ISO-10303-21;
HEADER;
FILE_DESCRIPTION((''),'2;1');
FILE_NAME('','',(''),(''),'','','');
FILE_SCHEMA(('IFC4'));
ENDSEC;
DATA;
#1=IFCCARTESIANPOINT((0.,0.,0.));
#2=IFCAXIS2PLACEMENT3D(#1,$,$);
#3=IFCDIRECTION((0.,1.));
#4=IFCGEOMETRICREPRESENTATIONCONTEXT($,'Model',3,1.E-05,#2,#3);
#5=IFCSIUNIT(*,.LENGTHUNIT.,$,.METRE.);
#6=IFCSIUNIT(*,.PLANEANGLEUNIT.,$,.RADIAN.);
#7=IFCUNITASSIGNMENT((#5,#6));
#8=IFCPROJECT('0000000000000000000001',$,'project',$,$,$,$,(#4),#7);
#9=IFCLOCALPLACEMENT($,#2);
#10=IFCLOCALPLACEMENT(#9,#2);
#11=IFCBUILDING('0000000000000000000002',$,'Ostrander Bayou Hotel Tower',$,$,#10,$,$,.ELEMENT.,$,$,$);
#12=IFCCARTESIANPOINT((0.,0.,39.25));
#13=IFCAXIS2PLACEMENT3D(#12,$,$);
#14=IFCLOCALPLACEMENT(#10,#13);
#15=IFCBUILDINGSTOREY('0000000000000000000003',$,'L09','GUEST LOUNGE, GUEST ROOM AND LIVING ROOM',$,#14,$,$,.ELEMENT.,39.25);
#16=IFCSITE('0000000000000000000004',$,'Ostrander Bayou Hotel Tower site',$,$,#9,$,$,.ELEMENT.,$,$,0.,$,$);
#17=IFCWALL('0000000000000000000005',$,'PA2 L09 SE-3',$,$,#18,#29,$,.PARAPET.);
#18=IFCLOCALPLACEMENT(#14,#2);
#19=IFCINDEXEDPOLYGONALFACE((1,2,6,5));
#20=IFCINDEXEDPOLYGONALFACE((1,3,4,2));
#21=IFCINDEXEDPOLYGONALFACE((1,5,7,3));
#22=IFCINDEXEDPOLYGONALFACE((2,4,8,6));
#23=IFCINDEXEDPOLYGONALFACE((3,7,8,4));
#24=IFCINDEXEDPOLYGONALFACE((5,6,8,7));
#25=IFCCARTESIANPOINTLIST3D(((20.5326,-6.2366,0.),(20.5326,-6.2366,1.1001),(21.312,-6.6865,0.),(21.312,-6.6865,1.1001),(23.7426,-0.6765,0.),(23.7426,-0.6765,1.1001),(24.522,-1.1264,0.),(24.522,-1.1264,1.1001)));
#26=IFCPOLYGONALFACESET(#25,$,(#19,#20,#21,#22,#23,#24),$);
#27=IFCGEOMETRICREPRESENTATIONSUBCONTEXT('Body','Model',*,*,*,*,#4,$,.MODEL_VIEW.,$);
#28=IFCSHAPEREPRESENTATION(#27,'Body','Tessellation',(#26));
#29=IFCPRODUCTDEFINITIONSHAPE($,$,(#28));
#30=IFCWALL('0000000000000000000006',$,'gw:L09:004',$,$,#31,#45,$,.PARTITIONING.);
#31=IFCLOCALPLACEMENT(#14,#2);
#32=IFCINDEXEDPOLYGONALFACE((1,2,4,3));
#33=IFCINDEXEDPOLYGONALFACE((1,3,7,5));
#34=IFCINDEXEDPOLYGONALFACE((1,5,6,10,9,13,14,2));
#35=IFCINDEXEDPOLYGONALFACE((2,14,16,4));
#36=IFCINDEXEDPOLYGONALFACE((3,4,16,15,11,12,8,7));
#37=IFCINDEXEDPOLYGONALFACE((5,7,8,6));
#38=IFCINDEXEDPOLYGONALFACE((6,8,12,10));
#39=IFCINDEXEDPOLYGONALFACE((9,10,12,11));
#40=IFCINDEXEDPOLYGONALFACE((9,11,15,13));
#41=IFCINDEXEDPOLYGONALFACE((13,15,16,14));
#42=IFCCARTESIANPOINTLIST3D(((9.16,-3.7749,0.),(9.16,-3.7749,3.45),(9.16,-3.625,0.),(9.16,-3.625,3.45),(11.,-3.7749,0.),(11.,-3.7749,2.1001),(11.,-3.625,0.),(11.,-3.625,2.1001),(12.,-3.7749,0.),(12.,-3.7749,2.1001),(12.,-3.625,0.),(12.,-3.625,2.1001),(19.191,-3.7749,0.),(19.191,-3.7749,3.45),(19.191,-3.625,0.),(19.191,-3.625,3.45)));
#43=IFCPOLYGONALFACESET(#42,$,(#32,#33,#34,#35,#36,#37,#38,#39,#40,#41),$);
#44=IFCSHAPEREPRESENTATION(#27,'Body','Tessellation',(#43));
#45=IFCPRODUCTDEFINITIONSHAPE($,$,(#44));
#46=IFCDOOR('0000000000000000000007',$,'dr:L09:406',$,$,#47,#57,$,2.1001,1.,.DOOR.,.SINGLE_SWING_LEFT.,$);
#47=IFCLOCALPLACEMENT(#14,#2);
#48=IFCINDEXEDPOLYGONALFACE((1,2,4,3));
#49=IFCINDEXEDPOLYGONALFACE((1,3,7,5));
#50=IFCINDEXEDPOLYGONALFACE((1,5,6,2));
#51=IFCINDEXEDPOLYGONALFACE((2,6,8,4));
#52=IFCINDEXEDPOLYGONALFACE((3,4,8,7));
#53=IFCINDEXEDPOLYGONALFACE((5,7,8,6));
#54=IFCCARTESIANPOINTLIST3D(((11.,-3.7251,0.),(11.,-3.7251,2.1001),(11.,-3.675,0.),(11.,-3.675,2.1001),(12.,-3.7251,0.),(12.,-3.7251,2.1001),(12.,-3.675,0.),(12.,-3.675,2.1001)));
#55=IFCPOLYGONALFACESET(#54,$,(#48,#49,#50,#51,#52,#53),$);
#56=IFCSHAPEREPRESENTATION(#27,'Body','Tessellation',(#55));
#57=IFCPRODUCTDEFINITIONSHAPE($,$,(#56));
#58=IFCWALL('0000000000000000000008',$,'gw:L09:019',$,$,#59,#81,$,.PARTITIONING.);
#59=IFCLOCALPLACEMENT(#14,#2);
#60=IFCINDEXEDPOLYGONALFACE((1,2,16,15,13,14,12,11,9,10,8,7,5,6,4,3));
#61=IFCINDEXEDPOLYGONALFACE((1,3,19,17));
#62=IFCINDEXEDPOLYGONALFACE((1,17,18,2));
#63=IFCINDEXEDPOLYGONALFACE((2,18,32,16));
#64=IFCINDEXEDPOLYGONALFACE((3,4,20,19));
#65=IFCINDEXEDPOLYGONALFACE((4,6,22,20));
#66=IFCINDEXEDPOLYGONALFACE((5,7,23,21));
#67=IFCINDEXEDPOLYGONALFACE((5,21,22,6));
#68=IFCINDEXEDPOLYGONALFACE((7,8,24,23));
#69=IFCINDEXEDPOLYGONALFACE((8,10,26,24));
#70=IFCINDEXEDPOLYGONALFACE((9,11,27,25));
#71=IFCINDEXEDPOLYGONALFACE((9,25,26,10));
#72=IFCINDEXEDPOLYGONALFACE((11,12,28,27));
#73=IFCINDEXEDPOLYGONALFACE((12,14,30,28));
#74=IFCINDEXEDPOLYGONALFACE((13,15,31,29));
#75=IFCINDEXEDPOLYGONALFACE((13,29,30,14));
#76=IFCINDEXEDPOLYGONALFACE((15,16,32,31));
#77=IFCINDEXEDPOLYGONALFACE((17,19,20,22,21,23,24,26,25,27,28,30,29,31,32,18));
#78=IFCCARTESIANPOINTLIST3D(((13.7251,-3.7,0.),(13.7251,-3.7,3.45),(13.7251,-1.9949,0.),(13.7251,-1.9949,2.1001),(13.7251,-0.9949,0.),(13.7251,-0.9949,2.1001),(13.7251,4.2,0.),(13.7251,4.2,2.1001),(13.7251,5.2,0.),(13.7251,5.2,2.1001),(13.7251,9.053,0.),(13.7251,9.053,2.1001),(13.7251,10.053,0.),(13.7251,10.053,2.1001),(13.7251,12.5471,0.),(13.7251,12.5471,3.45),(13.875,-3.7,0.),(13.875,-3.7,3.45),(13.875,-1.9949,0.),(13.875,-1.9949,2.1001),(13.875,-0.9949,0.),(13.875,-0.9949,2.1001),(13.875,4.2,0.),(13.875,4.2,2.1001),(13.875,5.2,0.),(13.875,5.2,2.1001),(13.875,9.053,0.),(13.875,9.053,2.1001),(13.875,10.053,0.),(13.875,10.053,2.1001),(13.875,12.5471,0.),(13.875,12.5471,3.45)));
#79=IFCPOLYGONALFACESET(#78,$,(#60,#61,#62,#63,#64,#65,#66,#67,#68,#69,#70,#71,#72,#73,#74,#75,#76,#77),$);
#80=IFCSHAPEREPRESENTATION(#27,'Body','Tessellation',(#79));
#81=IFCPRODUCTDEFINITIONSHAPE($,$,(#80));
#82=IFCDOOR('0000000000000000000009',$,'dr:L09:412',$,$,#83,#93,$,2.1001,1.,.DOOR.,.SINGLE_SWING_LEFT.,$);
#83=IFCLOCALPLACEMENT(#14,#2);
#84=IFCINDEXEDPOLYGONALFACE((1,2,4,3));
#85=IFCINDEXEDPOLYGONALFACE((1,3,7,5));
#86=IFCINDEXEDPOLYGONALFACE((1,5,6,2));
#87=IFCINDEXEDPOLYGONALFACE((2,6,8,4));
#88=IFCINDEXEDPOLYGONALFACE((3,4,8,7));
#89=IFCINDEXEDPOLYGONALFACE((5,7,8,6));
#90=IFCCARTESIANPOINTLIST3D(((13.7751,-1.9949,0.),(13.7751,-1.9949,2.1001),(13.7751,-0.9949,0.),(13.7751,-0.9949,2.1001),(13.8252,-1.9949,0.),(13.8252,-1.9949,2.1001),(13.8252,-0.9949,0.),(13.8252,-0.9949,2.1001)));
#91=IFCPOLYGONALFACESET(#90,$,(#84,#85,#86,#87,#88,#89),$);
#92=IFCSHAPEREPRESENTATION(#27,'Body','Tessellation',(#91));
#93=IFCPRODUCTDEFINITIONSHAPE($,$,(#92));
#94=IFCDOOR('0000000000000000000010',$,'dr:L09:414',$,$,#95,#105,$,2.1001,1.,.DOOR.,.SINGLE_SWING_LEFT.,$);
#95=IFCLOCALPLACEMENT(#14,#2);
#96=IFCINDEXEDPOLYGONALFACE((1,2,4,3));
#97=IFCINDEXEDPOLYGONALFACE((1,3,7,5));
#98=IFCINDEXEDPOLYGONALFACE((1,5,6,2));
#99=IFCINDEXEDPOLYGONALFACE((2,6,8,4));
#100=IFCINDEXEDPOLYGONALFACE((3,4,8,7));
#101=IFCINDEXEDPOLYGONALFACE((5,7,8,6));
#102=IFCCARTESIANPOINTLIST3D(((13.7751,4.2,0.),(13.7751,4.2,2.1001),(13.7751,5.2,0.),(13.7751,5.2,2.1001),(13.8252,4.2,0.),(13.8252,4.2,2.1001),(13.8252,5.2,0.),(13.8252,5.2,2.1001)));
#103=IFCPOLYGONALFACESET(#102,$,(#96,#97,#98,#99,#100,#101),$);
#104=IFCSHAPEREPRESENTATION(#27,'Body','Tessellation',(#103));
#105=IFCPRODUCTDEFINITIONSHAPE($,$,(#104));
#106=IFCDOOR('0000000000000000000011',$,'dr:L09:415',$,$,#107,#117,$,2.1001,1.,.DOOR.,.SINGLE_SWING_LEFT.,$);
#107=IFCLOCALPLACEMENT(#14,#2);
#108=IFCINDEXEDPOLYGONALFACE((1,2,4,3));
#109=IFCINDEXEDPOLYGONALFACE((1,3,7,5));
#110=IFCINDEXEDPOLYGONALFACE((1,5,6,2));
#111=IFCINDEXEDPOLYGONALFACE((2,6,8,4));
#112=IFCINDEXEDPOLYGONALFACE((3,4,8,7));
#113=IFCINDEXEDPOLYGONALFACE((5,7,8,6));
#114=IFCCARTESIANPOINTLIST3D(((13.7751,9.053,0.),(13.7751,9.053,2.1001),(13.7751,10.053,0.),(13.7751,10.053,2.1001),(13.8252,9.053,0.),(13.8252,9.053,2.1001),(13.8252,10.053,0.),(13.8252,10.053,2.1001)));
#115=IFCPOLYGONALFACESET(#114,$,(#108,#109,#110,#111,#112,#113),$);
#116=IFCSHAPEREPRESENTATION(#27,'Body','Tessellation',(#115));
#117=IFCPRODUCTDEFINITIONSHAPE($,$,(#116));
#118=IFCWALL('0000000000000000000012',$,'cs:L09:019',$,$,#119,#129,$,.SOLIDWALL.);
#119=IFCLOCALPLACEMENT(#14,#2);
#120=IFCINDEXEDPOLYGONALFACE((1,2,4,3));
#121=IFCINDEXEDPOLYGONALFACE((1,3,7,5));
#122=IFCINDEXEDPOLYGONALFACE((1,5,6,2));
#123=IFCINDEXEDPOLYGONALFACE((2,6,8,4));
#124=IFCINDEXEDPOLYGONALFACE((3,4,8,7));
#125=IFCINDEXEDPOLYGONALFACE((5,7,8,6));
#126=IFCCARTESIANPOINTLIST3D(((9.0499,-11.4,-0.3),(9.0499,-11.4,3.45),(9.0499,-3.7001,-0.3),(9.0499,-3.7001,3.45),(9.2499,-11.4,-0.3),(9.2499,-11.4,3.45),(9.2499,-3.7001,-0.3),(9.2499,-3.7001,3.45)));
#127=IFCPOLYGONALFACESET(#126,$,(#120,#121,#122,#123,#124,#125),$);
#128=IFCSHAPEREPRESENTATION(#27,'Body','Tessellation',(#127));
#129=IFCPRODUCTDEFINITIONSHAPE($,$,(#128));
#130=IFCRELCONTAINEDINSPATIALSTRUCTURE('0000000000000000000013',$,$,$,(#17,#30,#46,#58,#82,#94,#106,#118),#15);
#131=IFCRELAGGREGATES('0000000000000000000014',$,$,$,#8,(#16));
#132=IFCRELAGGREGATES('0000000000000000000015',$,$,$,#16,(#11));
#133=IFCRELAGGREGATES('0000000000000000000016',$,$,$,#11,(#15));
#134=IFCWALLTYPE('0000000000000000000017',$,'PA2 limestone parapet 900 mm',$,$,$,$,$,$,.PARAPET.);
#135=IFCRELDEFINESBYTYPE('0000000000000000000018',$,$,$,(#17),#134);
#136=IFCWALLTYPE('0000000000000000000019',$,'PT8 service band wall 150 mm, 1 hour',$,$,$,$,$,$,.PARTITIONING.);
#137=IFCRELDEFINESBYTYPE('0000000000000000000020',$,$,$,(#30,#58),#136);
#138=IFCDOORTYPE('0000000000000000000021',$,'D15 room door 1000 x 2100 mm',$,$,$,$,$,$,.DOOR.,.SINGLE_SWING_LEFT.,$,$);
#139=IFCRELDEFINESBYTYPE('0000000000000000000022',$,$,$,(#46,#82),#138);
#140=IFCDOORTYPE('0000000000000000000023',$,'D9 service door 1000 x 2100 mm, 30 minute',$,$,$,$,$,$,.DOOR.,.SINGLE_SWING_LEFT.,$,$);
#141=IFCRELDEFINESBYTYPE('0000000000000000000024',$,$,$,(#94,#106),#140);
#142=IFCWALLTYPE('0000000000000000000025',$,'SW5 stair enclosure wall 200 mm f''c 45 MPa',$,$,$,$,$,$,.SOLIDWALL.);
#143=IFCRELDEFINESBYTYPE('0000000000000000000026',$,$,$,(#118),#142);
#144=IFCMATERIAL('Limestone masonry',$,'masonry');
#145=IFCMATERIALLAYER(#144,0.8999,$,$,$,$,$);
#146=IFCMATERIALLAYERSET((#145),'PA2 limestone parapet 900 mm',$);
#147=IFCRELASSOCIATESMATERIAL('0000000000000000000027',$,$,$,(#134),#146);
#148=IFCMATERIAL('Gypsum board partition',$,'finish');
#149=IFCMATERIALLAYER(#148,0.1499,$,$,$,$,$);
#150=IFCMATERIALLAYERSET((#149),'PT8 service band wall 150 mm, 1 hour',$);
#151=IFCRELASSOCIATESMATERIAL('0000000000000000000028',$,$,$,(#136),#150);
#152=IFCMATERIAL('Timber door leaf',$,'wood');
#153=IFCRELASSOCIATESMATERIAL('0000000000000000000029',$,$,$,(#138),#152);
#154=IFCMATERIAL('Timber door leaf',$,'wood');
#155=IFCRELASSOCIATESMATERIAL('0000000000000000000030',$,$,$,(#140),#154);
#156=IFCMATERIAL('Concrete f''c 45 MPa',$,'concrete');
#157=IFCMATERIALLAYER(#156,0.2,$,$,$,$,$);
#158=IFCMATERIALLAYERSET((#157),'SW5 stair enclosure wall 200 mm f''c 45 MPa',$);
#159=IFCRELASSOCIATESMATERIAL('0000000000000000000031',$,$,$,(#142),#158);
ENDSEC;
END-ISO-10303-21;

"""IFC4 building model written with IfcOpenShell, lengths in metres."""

from ifc_helpers import new_model, si_unit, direction, frame, frame_2d, origin, place, context, subcontext, project, spatial, rectangle, extrude, material, layer, layer_set, type_object, element, fill, save


model = new_model("IFC4")

# Units and contexts
model_context = context("Model", 3, precision=1e-05, world=origin(), true_north=direction((0.0, 1.0)))
body_context = subcontext(model_context, "Body", "Model", "MODEL_VIEW")
ifc_project = project(units=[si_unit("LENGTHUNIT", "METRE"), si_unit("PLANEANGLEUNIT", "RADIAN")], contexts=[model_context])

# Site, building, storey
site_placement = place(None, origin())
site = spatial("IfcSite", under=ifc_project, at=site_placement, Name="Ostrander Bayou Hotel Tower site", CompositionType="ELEMENT", RefElevation=0.0)
building_placement = place(site_placement, origin())
building = spatial("IfcBuilding", under=site, at=building_placement, Name="Ostrander Bayou Hotel Tower", CompositionType="ELEMENT")
storey_placement = place(building_placement, frame((0.0, 0.0, 39.25)))
storey = spatial("IfcBuildingStorey", under=building, at=storey_placement, Name="L09", Description="GUEST LOUNGE, GUEST ROOM AND LIVING ROOM", CompositionType="ELEMENT", Elevation=39.25)

# Wall
ifc_material_1 = material(Name="Limestone masonry", Category="masonry")
ifc_layer_1 = layer(ifc_material_1, 0.8999)
ifc_layer_set_1 = layer_set([ifc_layer_1], Name="PA2 limestone parapet 900 mm")
wall_type_1 = type_object("IfcWallType", Name="PA2 limestone parapet 900 mm", PredefinedType="PARAPET", material=ifc_layer_set_1)
wall_1_placement = place(storey_placement, frame((20.9224, -6.4614, 0.0), z_axis=(0.0, 0.0, 1.0), x_axis=(0.499984, 0.866035, 0.0)))
element("IfcWall", 1, at=wall_1_placement, inside=storey, type_object=wall_type_1, Name="PA2 L09 SE-3", PredefinedType="PARAPET", context=body_context, shape_type="SweptSolid", body=[
    extrude(rectangle(XDim=6.4202, YDim=0.8999, at=frame_2d((3.21, 0.0))), origin(), (0.0, 0.0, 1.0), 1.1001),
])

# Wall, opening, door
ifc_material_2 = material(Name="Gypsum board partition", Category="finish")
ifc_layer_2 = layer(ifc_material_2, 0.1499)
ifc_layer_set_2 = layer_set([ifc_layer_2], Name="PT8 service band wall 150 mm, 1 hour")
wall_type_2 = type_object("IfcWallType", Name="PT8 service band wall 150 mm, 1 hour", PredefinedType="PARTITIONING", material=ifc_layer_set_2)
wall_2_placement = place(storey_placement, frame((9.1599, -3.7, 0.0), z_axis=(0.0, 0.0, 1.0), x_axis=(1.0, 0.0, 0.0)))
wall_2 = element("IfcWall", 2, at=wall_2_placement, inside=storey, type_object=wall_type_2, Name="gw:L09:004", PredefinedType="PARTITIONING", context=body_context, shape_type="SweptSolid", body=[
    extrude(rectangle(XDim=10.031, YDim=0.1499, at=frame_2d((5.0156, 0.0))), origin(), (0.0, 0.0, 1.0), 3.45),
])
opening_1_placement = place(wall_2_placement, frame((1.8401, 0.0, 0.0)))
opening_1 = element("IfcOpeningElement", 3, at=opening_1_placement, cuts=wall_2, PredefinedType="OPENING", context=body_context, shape_type="SweptSolid", body=[
    extrude(rectangle(XDim=1.0, YDim=2.1001, at=frame_2d((0.5, 1.05))), frame((0.0, 0.075, 0.0), z_axis=(0.0, -1.0, 0.0), x_axis=(1.0, 0.0, 0.0)), (0.0, 0.0, 1.0), 0.1499),
])
ifc_material_3 = material(Name="Timber door leaf", Category="wood")
door_type_1 = type_object("IfcDoorType", Name="D15 room door 1000 x 2100 mm", OperationType="SINGLE_SWING_LEFT", PredefinedType="DOOR", material=ifc_material_3)
door_1_placement = place(opening_1_placement, origin())
door_1 = element("IfcDoor", 4, at=door_1_placement, inside=storey, type_object=door_type_1, Name="dr:L09:406", OperationType="SINGLE_SWING_LEFT", OverallHeight=2.1001, OverallWidth=1.0, PredefinedType="DOOR", context=body_context, shape_type="SweptSolid", body=[
    extrude(rectangle(XDim=1.0, YDim=2.1001, at=frame_2d((0.5, 1.05))), frame((0.0, 0.0249, 0.0), z_axis=(0.0, -1.0, 0.0), x_axis=(1.0, 0.0, 0.0)), (0.0, 0.0, 1.0), 0.05),
])
fill(opening_1, door_1)

# Wall, openings, doors
wall_3_placement = place(storey_placement, frame((13.8, -3.7, 0.0), z_axis=(0.0, 0.0, 1.0), x_axis=(0.0, 1.0, 0.0)))
wall_3 = element("IfcWall", 5, at=wall_3_placement, inside=storey, type_object=wall_type_2, Name="gw:L09:019", PredefinedType="PARTITIONING", context=body_context, shape_type="SweptSolid", body=[
    extrude(rectangle(XDim=16.2471, YDim=0.1499, at=frame_2d((8.1235, 0.0))), origin(), (0.0, 0.0, 1.0), 3.45),
])
opening_2_placement = place(wall_3_placement, frame((1.7051, 0.0, 0.0)))
opening_2 = element("IfcOpeningElement", 6, at=opening_2_placement, cuts=wall_3, PredefinedType="OPENING", context=body_context, shape_type="SweptSolid", body=[
    extrude(rectangle(XDim=1.0, YDim=2.1001, at=frame_2d((0.5, 1.05))), frame((0.0, 0.075, 0.0), z_axis=(0.0, -1.0, 0.0), x_axis=(1.0, 0.0, 0.0)), (0.0, 0.0, 1.0), 0.1499),
])
opening_3_placement = place(wall_3_placement, frame((7.8999, 0.0, 0.0)))
opening_3 = element("IfcOpeningElement", 7, at=opening_3_placement, cuts=wall_3, PredefinedType="OPENING", context=body_context, shape_type="SweptSolid", body=[
    extrude(rectangle(XDim=1.0, YDim=2.1001, at=frame_2d((0.5, 1.05))), frame((0.0, 0.075, 0.0), z_axis=(0.0, -1.0, 0.0), x_axis=(1.0, 0.0, 0.0)), (0.0, 0.0, 1.0), 0.1499),
])
opening_4_placement = place(wall_3_placement, frame((12.7529, 0.0, 0.0)))
opening_4 = element("IfcOpeningElement", 8, at=opening_4_placement, cuts=wall_3, PredefinedType="OPENING", context=body_context, shape_type="SweptSolid", body=[
    extrude(rectangle(XDim=1.0, YDim=2.1001, at=frame_2d((0.5, 1.05))), frame((0.0, 0.075, 0.0), z_axis=(0.0, -1.0, 0.0), x_axis=(1.0, 0.0, 0.0)), (0.0, 0.0, 1.0), 0.1499),
])
door_2_placement = place(opening_2_placement, origin())
door_2 = element("IfcDoor", 9, at=door_2_placement, inside=storey, type_object=door_type_1, Name="dr:L09:412", OperationType="SINGLE_SWING_LEFT", OverallHeight=2.1001, OverallWidth=1.0, PredefinedType="DOOR", context=body_context, shape_type="SweptSolid", body=[
    extrude(rectangle(XDim=1.0, YDim=2.1001, at=frame_2d((0.5, 1.05))), frame((0.0, 0.0249, 0.0), z_axis=(0.0, -1.0, 0.0), x_axis=(1.0, 0.0, 0.0)), (0.0, 0.0, 1.0), 0.05),
])
fill(opening_2, door_2)
ifc_material_4 = material(Name="Timber door leaf", Category="wood")
door_type_2 = type_object("IfcDoorType", Name="D9 service door 1000 x 2100 mm, 30 minute", OperationType="SINGLE_SWING_LEFT", PredefinedType="DOOR", material=ifc_material_4)
door_3_placement = place(opening_3_placement, origin())
door_3 = element("IfcDoor", 10, at=door_3_placement, inside=storey, type_object=door_type_2, Name="dr:L09:414", OperationType="SINGLE_SWING_LEFT", OverallHeight=2.1001, OverallWidth=1.0, PredefinedType="DOOR", context=body_context, shape_type="SweptSolid", body=[
    extrude(rectangle(XDim=1.0, YDim=2.1001, at=frame_2d((0.5, 1.05))), frame((0.0, 0.0249, 0.0), z_axis=(0.0, -1.0, 0.0), x_axis=(1.0, 0.0, 0.0)), (0.0, 0.0, 1.0), 0.05),
])
fill(opening_3, door_3)
door_4_placement = place(opening_4_placement, origin())
door_4 = element("IfcDoor", 11, at=door_4_placement, inside=storey, type_object=door_type_2, Name="dr:L09:415", OperationType="SINGLE_SWING_LEFT", OverallHeight=2.1001, OverallWidth=1.0, PredefinedType="DOOR", context=body_context, shape_type="SweptSolid", body=[
    extrude(rectangle(XDim=1.0, YDim=2.1001, at=frame_2d((0.5, 1.05))), frame((0.0, 0.0249, 0.0), z_axis=(0.0, -1.0, 0.0), x_axis=(1.0, 0.0, 0.0)), (0.0, 0.0, 1.0), 0.05),
])
fill(opening_4, door_4)

# Wall
ifc_material_5 = material(Name="Concrete f'c 45 MPa", Category="concrete")
ifc_layer_3 = layer(ifc_material_5, 0.2)
ifc_layer_set_3 = layer_set([ifc_layer_3], Name="SW5 stair enclosure wall 200 mm f'c 45 MPa")
wall_type_3 = type_object("IfcWallType", Name="SW5 stair enclosure wall 200 mm f'c 45 MPa", PredefinedType="SOLIDWALL", material=ifc_layer_set_3)
wall_4_placement = place(storey_placement, frame((9.1499, -3.7, -0.3), z_axis=(0.0, 0.0, 1.0), x_axis=(0.0, -1.0, 0.0)))
element("IfcWall", 12, at=wall_4_placement, inside=storey, type_object=wall_type_3, Name="cs:L09:019", PredefinedType="SOLIDWALL", context=body_context, shape_type="SweptSolid", body=[
    extrude(rectangle(XDim=7.7, YDim=0.2, at=frame_2d((3.8501, 0.0))), origin(), (0.0, 0.0, 1.0), 3.75),
])

save(model, "model.ifc")
